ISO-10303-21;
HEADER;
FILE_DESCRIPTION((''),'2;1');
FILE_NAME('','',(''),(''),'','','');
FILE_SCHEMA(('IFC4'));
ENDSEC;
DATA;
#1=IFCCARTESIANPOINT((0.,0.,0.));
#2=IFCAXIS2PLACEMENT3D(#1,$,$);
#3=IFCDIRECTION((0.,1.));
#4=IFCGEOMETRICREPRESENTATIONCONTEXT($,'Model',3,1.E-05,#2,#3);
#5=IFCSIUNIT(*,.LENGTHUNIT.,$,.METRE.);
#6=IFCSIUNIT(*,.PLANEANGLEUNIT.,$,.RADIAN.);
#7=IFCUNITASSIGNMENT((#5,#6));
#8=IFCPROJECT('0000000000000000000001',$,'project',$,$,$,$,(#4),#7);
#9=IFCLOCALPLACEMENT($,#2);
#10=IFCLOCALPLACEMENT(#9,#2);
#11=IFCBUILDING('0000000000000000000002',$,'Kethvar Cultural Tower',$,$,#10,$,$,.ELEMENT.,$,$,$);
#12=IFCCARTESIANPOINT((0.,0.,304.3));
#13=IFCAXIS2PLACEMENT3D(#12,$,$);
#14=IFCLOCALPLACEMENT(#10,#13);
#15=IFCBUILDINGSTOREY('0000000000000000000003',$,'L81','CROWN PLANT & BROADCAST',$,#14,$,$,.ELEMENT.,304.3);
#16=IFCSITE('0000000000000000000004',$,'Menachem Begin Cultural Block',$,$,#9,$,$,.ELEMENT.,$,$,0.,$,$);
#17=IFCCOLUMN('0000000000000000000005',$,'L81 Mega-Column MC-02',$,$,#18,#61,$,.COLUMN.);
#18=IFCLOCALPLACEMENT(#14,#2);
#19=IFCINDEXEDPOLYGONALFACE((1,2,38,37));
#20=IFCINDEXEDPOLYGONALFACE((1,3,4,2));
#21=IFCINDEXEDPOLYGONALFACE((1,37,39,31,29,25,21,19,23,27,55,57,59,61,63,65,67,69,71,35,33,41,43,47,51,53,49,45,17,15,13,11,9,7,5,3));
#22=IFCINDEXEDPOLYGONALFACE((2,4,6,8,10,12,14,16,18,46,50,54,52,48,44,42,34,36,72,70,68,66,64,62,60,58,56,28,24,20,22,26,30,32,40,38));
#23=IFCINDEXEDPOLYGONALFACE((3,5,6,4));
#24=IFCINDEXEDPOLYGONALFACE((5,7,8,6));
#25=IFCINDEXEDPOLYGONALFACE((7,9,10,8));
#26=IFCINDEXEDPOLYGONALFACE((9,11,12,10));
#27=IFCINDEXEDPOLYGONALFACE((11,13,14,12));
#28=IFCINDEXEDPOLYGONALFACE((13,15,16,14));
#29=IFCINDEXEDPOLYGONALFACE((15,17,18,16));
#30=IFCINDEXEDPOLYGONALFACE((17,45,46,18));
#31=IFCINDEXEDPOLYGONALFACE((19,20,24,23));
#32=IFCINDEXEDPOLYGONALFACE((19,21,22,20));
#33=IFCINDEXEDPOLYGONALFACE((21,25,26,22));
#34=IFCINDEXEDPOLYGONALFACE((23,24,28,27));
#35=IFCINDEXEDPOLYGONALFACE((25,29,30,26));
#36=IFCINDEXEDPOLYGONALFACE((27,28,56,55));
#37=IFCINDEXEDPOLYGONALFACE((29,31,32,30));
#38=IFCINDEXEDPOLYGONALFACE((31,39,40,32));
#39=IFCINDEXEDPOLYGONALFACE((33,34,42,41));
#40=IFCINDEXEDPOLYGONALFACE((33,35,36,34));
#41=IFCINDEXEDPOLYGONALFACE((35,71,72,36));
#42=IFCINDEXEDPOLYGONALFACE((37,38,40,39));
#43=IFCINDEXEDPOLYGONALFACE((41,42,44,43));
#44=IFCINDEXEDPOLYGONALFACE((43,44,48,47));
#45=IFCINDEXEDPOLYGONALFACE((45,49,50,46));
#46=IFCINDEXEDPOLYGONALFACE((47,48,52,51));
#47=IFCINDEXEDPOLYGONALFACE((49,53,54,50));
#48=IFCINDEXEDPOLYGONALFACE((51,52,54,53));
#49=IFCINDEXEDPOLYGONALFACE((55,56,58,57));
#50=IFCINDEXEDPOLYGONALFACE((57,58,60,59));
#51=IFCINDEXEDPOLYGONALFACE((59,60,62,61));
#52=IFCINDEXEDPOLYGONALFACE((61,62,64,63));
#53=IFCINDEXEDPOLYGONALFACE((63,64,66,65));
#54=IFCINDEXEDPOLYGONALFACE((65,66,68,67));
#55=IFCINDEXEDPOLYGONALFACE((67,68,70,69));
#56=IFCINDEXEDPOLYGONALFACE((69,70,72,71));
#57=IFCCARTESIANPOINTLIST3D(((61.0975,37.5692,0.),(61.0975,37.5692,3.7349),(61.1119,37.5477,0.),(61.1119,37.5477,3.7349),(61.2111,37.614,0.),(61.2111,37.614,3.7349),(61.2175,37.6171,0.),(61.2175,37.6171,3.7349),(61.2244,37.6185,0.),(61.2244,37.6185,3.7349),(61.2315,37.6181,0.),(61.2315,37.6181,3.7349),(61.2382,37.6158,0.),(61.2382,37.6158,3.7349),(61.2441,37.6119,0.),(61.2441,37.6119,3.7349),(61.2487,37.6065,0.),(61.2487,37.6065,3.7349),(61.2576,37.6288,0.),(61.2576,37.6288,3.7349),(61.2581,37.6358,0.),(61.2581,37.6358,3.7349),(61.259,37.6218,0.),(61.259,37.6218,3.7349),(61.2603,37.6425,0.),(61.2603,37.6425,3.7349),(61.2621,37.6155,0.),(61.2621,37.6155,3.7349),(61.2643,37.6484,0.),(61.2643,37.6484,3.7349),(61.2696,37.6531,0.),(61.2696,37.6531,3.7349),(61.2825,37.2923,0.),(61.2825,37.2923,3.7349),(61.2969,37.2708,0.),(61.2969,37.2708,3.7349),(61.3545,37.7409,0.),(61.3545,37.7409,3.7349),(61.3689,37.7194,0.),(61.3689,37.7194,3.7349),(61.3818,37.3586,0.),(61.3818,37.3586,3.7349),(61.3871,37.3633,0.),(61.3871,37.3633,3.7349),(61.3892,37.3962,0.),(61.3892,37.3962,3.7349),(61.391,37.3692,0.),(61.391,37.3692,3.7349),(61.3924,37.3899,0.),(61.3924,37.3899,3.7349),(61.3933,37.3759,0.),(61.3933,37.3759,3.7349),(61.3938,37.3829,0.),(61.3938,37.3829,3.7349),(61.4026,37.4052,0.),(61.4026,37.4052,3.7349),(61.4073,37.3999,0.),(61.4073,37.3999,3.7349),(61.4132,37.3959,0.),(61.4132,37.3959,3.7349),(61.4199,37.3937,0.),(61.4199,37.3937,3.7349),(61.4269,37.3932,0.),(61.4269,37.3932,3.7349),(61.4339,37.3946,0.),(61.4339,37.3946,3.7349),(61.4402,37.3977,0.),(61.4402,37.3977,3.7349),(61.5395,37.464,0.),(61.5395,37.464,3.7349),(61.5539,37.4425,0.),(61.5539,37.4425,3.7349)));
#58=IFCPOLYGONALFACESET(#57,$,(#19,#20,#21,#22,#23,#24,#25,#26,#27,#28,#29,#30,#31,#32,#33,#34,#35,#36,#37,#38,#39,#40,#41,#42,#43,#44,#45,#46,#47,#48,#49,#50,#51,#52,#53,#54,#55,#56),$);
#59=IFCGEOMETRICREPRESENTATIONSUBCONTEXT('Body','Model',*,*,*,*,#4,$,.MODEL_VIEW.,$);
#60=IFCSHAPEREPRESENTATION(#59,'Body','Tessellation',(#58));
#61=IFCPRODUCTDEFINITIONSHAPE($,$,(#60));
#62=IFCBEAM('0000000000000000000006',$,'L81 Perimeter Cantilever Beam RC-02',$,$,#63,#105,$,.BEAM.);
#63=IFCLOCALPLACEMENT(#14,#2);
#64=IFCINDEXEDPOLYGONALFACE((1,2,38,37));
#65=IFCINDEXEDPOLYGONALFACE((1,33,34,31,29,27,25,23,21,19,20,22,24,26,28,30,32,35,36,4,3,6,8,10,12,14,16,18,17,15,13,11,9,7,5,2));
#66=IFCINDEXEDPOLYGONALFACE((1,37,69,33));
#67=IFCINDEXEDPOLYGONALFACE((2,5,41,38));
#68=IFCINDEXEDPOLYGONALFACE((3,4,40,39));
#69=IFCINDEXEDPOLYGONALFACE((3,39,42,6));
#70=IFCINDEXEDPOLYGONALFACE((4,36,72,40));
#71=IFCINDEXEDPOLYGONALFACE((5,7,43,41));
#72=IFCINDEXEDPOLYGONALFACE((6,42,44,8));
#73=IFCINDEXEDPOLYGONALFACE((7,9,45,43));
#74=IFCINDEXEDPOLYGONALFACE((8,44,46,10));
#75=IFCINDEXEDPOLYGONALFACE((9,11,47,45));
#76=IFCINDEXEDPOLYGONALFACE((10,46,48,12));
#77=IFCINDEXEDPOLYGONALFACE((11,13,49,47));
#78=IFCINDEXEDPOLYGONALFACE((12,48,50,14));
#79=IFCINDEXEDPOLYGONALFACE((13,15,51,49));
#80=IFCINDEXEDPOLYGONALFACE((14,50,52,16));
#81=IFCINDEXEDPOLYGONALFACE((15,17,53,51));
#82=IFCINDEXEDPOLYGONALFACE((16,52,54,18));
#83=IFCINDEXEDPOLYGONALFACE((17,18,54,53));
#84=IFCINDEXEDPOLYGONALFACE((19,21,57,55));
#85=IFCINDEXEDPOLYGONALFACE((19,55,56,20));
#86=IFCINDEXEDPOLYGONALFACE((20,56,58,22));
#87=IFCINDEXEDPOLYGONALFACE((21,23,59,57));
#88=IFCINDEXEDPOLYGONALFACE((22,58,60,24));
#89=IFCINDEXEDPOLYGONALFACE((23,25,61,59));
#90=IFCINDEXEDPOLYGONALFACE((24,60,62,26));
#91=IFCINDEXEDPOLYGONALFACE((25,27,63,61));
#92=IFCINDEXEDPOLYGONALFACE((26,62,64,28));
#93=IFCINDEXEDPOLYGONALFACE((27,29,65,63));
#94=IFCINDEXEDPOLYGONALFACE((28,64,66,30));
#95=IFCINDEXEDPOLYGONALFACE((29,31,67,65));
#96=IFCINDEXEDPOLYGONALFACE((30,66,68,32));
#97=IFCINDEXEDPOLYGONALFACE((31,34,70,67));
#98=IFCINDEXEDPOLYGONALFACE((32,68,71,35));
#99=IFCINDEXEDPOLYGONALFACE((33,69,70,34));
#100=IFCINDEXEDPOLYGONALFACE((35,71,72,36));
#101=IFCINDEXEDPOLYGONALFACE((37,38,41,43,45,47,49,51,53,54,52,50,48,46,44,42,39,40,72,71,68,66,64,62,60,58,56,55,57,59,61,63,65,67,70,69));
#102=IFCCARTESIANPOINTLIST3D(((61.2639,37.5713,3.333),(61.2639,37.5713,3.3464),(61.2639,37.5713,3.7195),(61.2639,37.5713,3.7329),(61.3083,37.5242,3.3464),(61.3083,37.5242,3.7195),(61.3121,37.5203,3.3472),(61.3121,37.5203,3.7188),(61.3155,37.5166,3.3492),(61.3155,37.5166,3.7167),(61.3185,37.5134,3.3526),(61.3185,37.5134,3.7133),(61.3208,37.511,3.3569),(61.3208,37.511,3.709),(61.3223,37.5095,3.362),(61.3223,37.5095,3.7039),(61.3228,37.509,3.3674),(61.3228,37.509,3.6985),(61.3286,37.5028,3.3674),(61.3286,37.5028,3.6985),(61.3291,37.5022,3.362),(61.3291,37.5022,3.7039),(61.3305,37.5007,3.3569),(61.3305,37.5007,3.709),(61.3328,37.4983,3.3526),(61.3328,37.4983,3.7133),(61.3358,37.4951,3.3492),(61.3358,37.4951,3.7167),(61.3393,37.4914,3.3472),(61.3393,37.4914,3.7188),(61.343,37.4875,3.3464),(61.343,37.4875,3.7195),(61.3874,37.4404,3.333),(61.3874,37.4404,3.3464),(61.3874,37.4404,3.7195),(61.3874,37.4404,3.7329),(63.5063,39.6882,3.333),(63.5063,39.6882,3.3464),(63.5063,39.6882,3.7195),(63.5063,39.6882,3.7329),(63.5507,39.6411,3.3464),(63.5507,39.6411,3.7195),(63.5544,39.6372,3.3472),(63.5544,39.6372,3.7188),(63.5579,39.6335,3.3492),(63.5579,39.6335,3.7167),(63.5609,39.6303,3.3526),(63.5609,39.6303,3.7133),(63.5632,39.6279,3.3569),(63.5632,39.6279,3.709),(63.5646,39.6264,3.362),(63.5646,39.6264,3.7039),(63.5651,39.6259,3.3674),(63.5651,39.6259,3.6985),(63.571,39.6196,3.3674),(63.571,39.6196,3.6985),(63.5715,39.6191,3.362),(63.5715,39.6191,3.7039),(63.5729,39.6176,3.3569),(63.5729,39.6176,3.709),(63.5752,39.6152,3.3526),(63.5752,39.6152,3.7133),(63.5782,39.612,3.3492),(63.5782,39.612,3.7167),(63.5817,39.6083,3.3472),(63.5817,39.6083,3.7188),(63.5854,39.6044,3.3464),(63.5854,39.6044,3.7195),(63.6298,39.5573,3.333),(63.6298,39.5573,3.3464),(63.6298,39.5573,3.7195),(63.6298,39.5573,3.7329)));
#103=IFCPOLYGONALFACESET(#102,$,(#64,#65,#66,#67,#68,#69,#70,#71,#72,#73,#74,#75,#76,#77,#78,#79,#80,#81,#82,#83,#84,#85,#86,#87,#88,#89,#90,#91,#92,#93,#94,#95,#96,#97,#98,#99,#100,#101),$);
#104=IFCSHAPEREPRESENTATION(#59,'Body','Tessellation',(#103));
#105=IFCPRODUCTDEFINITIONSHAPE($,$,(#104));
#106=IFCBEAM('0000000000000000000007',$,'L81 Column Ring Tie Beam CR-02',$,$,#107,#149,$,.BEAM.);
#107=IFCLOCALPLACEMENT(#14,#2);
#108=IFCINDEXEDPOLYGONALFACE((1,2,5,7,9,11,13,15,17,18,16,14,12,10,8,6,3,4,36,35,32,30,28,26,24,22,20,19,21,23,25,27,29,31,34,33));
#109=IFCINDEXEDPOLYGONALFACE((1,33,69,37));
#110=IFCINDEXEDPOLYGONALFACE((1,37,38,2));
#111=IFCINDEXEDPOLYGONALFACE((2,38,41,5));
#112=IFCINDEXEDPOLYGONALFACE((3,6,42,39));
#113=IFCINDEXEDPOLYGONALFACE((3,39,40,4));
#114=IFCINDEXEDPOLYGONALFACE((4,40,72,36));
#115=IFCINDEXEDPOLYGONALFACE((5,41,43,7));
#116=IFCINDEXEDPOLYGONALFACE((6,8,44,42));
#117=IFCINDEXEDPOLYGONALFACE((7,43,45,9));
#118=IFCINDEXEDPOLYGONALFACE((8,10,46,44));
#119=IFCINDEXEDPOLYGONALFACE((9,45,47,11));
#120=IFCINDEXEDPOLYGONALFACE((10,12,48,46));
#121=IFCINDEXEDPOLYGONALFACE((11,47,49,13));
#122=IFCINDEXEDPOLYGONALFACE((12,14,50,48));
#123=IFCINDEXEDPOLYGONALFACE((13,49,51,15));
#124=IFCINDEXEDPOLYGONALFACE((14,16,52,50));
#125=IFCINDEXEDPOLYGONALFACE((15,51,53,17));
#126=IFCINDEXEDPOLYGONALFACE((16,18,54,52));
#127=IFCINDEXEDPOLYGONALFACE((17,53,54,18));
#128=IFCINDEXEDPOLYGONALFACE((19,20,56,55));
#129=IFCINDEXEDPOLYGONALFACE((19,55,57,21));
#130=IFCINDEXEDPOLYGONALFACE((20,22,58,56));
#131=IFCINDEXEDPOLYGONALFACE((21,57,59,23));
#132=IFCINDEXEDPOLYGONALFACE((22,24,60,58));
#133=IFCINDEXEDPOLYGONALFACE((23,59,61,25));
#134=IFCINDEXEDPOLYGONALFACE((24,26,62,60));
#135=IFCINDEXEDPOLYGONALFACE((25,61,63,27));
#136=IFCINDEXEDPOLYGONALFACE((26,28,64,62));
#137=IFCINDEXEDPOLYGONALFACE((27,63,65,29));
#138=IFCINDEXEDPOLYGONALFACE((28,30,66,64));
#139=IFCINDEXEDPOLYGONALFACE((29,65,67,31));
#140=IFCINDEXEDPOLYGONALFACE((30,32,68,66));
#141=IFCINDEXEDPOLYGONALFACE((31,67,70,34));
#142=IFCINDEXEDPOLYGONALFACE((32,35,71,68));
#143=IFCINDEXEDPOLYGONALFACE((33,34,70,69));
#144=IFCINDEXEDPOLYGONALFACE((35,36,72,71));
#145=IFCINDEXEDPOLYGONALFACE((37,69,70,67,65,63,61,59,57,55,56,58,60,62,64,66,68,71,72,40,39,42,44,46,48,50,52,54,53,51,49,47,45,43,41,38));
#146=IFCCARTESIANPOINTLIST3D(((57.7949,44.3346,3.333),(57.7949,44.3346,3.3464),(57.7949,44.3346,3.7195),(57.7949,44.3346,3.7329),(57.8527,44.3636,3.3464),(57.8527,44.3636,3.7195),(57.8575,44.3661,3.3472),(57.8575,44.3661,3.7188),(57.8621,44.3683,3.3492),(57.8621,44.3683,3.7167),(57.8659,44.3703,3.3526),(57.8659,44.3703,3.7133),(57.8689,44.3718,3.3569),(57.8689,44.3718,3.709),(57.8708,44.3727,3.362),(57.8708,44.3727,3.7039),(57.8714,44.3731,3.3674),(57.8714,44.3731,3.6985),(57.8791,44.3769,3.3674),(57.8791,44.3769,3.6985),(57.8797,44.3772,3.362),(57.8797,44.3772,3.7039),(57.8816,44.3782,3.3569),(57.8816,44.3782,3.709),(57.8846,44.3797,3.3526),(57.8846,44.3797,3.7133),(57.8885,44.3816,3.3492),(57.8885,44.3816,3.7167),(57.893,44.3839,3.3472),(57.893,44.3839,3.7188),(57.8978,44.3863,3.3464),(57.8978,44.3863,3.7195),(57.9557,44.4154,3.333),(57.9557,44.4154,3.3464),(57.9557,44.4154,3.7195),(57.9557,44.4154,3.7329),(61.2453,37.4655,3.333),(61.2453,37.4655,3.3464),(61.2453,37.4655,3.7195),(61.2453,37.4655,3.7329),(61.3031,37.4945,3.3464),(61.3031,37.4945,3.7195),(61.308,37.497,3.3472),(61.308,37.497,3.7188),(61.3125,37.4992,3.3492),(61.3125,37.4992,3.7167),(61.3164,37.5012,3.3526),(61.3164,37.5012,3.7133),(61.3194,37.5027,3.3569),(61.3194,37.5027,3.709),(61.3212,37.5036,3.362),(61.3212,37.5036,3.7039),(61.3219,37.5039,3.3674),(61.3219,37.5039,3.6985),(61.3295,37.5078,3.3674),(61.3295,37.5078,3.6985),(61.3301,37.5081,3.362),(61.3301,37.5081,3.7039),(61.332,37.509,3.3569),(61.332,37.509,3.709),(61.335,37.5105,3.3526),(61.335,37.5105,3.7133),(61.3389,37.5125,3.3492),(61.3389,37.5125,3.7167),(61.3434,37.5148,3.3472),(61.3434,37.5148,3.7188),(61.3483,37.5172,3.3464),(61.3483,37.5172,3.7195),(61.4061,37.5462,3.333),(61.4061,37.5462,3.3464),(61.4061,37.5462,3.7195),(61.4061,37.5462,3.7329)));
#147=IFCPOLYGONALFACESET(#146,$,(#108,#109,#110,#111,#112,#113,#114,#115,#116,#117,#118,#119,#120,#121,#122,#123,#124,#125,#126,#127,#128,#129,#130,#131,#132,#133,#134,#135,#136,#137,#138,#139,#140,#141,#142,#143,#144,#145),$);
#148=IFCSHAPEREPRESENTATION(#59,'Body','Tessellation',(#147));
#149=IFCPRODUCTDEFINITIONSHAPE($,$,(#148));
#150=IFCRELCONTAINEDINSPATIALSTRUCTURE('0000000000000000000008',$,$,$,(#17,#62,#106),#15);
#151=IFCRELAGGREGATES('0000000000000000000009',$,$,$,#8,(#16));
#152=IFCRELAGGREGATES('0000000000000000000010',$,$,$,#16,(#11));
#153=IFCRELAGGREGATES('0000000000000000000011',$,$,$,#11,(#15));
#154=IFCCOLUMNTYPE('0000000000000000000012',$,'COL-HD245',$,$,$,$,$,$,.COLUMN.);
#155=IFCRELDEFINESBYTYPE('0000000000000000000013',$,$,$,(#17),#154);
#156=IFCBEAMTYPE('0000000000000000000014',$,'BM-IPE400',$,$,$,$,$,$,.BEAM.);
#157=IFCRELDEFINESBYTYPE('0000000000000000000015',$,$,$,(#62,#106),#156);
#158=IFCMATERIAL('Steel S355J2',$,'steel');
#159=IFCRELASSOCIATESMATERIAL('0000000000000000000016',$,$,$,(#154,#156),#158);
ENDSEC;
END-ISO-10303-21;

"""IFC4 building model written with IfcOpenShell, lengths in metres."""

from ifc_helpers import new_model, si_unit, direction, frame, origin, origin_2d, place, context, subcontext, project, spatial, i_section, extrude, source, transform, mapped, material, material_profile, profile_set, type_object, element, save


model = new_model("IFC4")

# Units and contexts
model_context = context("Model", 3, precision=1e-05, world=origin(), true_north=direction((0.0, 1.0)))
body_context = subcontext(model_context, "Body", "Model", "MODEL_VIEW")
ifc_project = project(units=[si_unit("LENGTHUNIT", "METRE"), si_unit("PLANEANGLEUNIT", "RADIAN")], contexts=[model_context])

# Site, building, storey
site_placement = place(None, origin())
site = spatial("IfcSite", under=ifc_project, at=site_placement, Name="Menachem Begin Cultural Block", CompositionType="ELEMENT", RefElevation=0.0)
building_placement = place(site_placement, origin())
building = spatial("IfcBuilding", under=site, at=building_placement, Name="Kethvar Cultural Tower", CompositionType="ELEMENT")
storey_placement = place(building_placement, frame((0.0, 0.0, 304.3)))
storey = spatial("IfcBuildingStorey", under=building, at=storey_placement, Name="L81", Description="CROWN PLANT & BROADCAST", CompositionType="ELEMENT", Elevation=304.3)

# Column
ifc_material_1 = material(Name="Steel S355J2", Category="steel")
ifc_material_profile_1 = material_profile(ifc_material_1, i_section(OverallWidth=0.3091, OverallDepth=0.3589, WebThickness=0.0161, FlangeThickness=0.0259, FilletRadius=0.0271, at=origin_2d()), Name="Steel S355J2 — HD320x245")
ifc_profile_set_1 = profile_set([ifc_material_profile_1], Name="Steel S355J2 — HD320x245")
column_type = type_object("IfcColumnType", Name="COL-HD245", PredefinedType="COLUMN", material=ifc_profile_set_1)
shared_shape_1 = source(origin(), body_context, "Body", "SweptSolid", [
    extrude(i_section(OverallWidth=0.3091, OverallDepth=0.3589, WebThickness=0.0161, FlangeThickness=0.0259, FilletRadius=0.0271, at=origin_2d()), origin(), (0.0, 0.0, 1.0), 3.7349),
])
column_placement = place(storey_placement, frame((61.3257, 37.5059, 0.0), z_axis=(0.0, 0.0, 1.0), x_axis=(0.83147, 0.55557, 0.0)))
element("IfcColumn", 1, at=column_placement, inside=storey, type_object=column_type, Name="L81 Mega-Column MC-02", PredefinedType="COLUMN", context=body_context, shape_type="MappedRepresentation", body=[
    mapped(shared_shape_1, transform((0.0, 0.0, 0.0), scale=1.0)),
])

# Beams
ifc_material_profile_2 = material_profile(ifc_material_1, i_section(OverallWidth=0.1799, OverallDepth=0.3999, WebThickness=0.0085, FlangeThickness=0.0134, FilletRadius=0.021, at=origin_2d()), Name="Steel S355J2 — IPE400")
ifc_profile_set_2 = profile_set([ifc_material_profile_2], Name="Steel S355J2 — IPE400")
beam_type_1 = type_object("IfcBeamType", Name="BM-IPE400", PredefinedType="BEAM", material=ifc_profile_set_2)
shared_shape_2 = source(origin(), body_context, "Body", "SweptSolid", [
    extrude(i_section(OverallWidth=0.1799, OverallDepth=0.3999, WebThickness=0.0085, FlangeThickness=0.0134, FilletRadius=0.021, at=origin_2d()), origin(), (0.0, 0.0, 1.0), 3.0837),
])
beam_1_placement = place(storey_placement, frame((61.3257, 37.5059, 3.533), z_axis=(0.72716, 0.686468, 0.0), x_axis=(-0.686468, 0.72716, 0.0)))
element("IfcBeam", 2, at=beam_1_placement, inside=storey, type_object=beam_type_1, Name="L81 Perimeter Cantilever Beam RC-02", PredefinedType="BEAM", context=body_context, shape_type="MappedRepresentation", body=[
    mapped(shared_shape_2, transform((0.0, 0.0, 0.0), scale=1.0)),
])
shared_shape_3 = source(origin(), body_context, "Body", "SweptSolid", [
    extrude(i_section(OverallWidth=0.1799, OverallDepth=0.3999, WebThickness=0.0085, FlangeThickness=0.0134, FilletRadius=0.021, at=origin_2d()), origin(), (0.0, 0.0, 1.0), 7.687),
])
beam_2_placement = place(storey_placement, frame((61.3257, 37.5059, 3.533), z_axis=(-0.448864, 0.8936, 0.0), x_axis=(-0.8936, -0.448864, 0.0)))
element("IfcBeam", 3, at=beam_2_placement, inside=storey, type_object=beam_type_1, Name="L81 Column Ring Tie Beam CR-02", PredefinedType="BEAM", context=body_context, shape_type="MappedRepresentation", body=[
    mapped(shared_shape_3, transform((0.0, 0.0, 0.0), scale=1.0)),
])

save(model, "model.ifc")
